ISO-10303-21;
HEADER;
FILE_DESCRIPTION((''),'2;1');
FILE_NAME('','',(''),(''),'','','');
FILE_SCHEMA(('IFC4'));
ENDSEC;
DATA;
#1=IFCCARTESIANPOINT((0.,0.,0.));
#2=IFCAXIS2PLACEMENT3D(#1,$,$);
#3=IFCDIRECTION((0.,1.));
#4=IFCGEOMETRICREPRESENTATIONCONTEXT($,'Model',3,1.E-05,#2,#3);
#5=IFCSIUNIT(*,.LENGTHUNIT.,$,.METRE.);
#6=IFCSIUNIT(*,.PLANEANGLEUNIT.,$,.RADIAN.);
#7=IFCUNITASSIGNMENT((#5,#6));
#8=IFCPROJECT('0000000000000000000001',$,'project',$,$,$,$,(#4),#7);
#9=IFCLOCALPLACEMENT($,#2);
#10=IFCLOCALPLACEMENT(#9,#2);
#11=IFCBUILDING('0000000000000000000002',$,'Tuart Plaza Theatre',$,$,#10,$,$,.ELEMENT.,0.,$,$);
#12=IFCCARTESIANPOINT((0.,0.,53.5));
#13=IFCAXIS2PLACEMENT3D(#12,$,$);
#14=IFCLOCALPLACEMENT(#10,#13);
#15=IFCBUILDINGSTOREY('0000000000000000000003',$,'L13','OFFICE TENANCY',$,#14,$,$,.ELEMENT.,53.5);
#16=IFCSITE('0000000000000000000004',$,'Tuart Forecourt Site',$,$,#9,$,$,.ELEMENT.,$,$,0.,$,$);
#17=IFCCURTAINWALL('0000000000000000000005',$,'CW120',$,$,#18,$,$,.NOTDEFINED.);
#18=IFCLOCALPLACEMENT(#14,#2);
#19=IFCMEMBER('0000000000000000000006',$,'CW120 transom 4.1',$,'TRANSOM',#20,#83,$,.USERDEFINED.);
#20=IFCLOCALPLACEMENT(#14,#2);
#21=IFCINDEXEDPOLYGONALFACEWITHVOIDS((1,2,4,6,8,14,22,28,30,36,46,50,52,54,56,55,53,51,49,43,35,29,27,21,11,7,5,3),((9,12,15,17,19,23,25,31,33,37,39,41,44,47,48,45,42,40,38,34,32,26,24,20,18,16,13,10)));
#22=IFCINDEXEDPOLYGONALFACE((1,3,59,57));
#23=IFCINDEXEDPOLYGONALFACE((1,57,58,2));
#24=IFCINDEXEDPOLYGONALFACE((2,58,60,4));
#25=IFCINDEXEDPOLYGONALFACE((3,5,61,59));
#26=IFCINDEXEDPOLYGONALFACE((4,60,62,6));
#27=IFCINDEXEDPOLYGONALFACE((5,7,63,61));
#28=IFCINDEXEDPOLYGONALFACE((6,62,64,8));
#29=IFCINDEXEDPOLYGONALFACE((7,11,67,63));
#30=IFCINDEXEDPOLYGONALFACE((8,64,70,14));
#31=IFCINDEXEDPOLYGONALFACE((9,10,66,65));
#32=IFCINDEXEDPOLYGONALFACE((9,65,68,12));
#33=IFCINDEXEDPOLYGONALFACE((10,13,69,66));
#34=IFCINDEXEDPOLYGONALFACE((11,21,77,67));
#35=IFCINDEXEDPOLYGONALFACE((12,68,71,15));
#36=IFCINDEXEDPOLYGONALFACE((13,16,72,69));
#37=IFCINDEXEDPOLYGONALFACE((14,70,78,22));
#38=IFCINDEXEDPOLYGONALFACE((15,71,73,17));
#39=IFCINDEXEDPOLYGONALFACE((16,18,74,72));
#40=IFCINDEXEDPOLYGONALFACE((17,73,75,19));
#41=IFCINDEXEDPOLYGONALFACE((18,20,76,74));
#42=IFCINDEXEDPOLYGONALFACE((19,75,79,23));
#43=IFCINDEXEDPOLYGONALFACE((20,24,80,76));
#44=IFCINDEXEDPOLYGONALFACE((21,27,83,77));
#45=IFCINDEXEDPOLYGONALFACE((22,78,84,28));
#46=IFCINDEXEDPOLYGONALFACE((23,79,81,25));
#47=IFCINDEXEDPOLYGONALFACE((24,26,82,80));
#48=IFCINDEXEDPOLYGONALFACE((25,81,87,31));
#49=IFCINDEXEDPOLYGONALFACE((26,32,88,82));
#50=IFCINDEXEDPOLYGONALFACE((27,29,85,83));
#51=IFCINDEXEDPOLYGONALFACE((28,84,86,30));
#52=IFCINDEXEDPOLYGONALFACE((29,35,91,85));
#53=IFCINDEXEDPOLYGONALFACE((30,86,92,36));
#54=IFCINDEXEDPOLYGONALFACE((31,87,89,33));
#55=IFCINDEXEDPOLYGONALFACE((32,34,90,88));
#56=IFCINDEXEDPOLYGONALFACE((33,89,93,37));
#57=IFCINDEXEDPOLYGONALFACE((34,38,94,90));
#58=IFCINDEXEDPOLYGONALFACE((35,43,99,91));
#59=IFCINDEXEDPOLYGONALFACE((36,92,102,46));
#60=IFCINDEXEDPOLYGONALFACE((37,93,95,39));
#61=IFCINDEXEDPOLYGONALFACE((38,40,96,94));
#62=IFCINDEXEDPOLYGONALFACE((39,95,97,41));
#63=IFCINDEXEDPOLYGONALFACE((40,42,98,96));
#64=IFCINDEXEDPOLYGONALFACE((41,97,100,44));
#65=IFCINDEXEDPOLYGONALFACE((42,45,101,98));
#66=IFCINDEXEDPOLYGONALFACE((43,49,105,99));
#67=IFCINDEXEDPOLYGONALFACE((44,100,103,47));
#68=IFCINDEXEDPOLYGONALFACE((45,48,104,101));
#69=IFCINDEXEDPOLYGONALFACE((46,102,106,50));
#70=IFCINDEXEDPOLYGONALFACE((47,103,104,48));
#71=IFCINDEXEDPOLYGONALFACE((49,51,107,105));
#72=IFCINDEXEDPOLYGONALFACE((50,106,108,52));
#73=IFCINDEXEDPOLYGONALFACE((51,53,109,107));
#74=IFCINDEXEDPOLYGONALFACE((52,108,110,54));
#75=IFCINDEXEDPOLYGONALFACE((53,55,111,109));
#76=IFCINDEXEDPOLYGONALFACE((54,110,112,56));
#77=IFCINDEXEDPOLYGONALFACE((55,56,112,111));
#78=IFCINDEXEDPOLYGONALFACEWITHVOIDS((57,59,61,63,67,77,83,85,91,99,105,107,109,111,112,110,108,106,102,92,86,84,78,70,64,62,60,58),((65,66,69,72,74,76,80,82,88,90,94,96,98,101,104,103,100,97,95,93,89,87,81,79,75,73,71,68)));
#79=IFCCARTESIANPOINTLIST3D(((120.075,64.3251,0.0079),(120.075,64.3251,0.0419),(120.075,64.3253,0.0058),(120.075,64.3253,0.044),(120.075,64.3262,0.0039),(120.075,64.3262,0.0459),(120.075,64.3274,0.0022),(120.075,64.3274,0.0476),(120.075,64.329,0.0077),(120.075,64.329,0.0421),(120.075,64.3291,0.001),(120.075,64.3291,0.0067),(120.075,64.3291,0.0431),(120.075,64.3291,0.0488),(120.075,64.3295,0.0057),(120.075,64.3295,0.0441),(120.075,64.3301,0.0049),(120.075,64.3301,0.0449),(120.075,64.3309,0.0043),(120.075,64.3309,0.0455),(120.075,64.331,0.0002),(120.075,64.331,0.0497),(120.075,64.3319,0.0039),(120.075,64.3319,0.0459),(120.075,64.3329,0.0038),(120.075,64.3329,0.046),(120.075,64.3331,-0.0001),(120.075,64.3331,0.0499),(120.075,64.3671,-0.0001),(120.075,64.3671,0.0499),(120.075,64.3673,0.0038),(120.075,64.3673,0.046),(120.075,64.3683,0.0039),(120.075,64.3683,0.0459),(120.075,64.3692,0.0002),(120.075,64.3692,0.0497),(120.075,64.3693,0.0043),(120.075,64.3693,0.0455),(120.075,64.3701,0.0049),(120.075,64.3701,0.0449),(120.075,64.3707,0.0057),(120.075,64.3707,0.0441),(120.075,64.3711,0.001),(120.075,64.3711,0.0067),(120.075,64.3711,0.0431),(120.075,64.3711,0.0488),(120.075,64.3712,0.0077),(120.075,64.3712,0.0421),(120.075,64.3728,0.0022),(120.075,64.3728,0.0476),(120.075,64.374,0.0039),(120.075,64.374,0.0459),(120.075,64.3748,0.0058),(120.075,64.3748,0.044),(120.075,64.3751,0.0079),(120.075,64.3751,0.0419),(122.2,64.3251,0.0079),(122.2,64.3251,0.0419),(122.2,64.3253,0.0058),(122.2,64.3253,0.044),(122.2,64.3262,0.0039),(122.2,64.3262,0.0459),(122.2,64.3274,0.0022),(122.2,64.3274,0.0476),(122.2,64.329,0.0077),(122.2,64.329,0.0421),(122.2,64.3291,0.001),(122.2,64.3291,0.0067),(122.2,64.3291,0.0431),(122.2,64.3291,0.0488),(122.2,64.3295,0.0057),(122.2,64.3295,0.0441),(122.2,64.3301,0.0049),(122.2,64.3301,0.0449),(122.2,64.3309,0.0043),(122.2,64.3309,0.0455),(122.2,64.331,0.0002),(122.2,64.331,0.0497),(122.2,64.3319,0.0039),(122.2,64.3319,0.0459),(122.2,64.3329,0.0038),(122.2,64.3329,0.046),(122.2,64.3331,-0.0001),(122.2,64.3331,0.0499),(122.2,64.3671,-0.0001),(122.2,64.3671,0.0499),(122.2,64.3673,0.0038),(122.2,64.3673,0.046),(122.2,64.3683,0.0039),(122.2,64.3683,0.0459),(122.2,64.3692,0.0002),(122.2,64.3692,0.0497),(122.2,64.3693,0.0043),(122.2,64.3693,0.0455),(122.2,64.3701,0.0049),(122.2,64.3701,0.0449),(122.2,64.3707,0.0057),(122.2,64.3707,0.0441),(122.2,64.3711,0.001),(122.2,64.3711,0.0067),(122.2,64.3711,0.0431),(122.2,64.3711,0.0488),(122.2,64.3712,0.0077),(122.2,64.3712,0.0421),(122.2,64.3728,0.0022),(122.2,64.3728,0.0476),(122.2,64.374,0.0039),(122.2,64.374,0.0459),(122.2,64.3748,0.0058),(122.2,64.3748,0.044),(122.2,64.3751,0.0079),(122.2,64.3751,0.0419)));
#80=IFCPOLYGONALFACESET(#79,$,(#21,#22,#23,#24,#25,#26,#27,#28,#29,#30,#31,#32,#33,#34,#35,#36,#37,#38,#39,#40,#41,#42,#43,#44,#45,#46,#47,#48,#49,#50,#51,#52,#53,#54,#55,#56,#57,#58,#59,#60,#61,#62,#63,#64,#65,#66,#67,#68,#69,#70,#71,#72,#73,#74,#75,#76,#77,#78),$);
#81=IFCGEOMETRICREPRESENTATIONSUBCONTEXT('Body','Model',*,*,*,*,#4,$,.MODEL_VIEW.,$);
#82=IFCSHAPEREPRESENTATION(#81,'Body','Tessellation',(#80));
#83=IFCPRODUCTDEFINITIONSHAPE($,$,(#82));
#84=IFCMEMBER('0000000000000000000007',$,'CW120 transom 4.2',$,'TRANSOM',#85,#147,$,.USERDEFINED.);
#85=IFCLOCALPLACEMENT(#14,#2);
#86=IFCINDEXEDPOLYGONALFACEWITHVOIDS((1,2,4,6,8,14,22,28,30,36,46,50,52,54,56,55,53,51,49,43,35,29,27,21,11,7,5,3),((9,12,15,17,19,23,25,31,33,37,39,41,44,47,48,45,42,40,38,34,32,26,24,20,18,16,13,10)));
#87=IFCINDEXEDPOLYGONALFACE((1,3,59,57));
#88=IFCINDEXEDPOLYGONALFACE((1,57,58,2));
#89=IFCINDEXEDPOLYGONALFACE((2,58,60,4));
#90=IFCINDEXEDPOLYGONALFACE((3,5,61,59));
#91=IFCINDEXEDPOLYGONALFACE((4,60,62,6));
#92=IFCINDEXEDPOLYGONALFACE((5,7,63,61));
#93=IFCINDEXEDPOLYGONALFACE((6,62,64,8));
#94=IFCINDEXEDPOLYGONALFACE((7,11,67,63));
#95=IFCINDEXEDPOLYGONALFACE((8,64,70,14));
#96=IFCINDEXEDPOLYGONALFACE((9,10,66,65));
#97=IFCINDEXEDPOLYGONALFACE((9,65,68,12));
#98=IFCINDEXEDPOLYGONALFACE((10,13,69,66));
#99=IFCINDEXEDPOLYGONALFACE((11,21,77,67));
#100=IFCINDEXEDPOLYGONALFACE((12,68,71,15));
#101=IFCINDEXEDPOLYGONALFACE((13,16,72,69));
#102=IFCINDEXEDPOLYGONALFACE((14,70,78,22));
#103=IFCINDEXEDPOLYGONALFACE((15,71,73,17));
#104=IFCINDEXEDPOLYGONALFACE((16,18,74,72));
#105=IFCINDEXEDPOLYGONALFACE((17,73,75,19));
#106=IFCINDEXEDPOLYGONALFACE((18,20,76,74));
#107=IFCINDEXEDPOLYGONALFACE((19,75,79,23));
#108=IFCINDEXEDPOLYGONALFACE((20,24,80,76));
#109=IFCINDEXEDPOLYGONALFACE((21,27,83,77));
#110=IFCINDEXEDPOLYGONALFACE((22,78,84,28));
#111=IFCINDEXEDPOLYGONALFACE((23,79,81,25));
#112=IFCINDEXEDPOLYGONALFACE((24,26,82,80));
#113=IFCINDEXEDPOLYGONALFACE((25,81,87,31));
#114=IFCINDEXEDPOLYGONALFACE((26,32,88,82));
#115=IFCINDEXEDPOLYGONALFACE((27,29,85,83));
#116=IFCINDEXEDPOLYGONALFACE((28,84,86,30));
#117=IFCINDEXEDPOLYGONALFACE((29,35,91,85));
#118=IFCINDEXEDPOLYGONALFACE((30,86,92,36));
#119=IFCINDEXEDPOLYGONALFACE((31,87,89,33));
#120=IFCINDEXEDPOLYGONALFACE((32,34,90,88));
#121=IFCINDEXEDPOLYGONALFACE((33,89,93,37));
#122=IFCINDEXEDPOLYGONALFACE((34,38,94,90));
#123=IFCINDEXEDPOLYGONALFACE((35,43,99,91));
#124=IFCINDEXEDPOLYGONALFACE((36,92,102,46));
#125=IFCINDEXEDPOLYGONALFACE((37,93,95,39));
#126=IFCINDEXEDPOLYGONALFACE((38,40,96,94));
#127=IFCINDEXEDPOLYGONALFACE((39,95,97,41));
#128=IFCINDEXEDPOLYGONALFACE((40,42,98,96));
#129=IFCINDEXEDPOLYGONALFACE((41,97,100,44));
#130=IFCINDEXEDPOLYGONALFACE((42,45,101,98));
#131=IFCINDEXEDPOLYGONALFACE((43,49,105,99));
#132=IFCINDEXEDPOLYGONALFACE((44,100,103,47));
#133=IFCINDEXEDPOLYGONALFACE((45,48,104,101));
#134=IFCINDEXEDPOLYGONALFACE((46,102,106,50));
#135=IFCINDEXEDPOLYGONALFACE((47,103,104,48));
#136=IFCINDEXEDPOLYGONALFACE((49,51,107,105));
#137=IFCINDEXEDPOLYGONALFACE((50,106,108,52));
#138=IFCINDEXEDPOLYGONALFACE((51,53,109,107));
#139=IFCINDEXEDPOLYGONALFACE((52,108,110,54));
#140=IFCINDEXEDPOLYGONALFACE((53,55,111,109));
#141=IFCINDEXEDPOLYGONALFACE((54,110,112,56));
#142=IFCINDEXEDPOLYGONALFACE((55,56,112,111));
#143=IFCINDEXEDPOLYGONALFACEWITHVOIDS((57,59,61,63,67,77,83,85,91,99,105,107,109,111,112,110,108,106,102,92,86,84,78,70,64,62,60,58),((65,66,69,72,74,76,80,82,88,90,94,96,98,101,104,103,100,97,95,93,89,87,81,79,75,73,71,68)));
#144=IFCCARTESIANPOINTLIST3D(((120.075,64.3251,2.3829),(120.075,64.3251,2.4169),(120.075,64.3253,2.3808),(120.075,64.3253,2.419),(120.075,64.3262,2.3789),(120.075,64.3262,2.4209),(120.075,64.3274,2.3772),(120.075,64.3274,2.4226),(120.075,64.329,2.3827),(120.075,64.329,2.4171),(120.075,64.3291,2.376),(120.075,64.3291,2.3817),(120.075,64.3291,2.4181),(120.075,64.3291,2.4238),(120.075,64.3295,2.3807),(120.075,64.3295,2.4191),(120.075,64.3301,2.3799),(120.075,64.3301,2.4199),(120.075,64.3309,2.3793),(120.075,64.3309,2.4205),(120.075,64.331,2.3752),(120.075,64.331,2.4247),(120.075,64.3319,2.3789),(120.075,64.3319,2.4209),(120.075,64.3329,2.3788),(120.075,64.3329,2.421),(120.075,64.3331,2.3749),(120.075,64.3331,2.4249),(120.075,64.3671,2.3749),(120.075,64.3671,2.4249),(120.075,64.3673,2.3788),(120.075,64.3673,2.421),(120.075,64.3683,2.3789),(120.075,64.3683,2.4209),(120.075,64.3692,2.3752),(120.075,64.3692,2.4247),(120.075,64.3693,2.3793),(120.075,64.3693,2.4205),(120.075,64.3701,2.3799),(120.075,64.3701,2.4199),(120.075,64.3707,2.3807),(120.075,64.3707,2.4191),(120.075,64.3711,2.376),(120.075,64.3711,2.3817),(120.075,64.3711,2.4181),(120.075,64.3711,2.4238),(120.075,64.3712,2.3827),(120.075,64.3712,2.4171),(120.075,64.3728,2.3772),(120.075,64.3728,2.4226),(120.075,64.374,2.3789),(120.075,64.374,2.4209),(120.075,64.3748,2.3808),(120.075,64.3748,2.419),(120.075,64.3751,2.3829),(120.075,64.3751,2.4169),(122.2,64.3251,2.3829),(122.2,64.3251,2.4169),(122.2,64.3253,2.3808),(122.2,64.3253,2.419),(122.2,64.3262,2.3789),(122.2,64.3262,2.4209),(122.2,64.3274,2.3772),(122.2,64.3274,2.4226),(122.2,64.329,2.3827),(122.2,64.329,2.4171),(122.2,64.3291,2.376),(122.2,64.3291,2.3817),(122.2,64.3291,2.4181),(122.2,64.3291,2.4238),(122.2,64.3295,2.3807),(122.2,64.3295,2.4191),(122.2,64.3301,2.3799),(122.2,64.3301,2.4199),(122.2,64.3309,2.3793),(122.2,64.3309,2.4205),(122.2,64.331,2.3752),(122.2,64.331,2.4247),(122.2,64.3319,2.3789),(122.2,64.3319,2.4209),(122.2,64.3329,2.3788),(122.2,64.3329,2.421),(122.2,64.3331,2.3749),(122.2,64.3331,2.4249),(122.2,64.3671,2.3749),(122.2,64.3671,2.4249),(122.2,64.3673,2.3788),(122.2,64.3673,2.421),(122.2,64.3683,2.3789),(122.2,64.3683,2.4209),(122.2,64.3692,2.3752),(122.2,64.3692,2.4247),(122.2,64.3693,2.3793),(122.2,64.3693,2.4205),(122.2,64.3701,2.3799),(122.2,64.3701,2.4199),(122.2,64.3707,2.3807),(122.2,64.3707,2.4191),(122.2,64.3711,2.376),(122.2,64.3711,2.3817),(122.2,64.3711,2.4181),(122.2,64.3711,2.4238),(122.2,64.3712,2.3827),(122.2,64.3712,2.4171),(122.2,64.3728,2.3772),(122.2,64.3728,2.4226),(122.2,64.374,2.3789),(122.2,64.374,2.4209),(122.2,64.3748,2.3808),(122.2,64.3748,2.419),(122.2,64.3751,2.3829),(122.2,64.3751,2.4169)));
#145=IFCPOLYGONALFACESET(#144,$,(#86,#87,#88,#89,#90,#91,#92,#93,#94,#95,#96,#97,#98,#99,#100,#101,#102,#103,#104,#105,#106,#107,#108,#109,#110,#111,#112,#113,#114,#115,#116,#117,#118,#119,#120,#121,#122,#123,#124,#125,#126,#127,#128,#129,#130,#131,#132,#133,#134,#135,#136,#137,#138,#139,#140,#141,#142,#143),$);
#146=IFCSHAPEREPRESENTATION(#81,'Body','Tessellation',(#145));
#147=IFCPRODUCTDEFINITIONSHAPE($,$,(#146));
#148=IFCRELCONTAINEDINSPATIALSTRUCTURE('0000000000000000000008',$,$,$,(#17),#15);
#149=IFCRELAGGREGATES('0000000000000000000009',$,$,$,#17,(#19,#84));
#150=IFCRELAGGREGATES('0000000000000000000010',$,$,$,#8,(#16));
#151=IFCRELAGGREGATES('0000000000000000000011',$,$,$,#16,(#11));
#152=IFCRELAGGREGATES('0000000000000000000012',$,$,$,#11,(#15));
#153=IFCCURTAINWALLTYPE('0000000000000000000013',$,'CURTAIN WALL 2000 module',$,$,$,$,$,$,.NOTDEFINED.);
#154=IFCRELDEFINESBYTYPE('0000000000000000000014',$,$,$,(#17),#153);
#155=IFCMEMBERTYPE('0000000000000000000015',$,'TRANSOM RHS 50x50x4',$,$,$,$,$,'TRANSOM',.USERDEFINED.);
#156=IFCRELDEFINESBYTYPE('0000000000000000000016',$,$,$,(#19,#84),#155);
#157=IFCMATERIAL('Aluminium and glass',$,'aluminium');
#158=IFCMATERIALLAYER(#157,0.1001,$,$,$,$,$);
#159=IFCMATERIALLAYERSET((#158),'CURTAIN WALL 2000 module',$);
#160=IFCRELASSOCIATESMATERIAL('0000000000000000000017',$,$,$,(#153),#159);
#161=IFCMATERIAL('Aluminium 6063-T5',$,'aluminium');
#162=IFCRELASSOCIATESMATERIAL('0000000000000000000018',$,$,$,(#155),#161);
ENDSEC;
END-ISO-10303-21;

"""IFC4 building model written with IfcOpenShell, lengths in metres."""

from ifc_helpers import new_model, si_unit, direction, frame, origin, origin_2d, place, context, subcontext, project, spatial, hollow_rectangle, extrude, material, layer, layer_set, material_profile, profile_set, type_object, element, aggregate, save


model = new_model("IFC4")

# Units and contexts
model_context = context("Model", 3, precision=1e-05, world=origin(), true_north=direction((0.0, 1.0)))
body_context = subcontext(model_context, "Body", "Model", "MODEL_VIEW")
ifc_project = project(units=[si_unit("LENGTHUNIT", "METRE"), si_unit("PLANEANGLEUNIT", "RADIAN")], contexts=[model_context])

# Site, building, storey
site_placement = place(None, origin())
site = spatial("IfcSite", under=ifc_project, at=site_placement, Name="Tuart Forecourt Site", CompositionType="ELEMENT", RefElevation=0.0)
building_placement = place(site_placement, origin())
building = spatial("IfcBuilding", under=site, at=building_placement, Name="Tuart Plaza Theatre", CompositionType="ELEMENT", ElevationOfRefHeight=0.0)
storey_placement = place(building_placement, frame((0.0, 0.0, 53.5)))
storey = spatial("IfcBuildingStorey", under=building, at=storey_placement, Name="L13", Description="OFFICE TENANCY", CompositionType="ELEMENT", Elevation=53.5)

# Curtain wall
ifc_material_1 = material(Name="Aluminium and glass", Category="aluminium")
ifc_layer_1 = layer(ifc_material_1, 0.1001)
ifc_layer_set_1 = layer_set([ifc_layer_1], Name="CURTAIN WALL 2000 module")
curtain_wall_type = type_object("IfcCurtainWallType", Name="CURTAIN WALL 2000 module", PredefinedType="NOTDEFINED", material=ifc_layer_set_1)
curtain_wall_1_placement = place(storey_placement, origin())
curtain_wall_1 = element("IfcCurtainWall", 1, at=curtain_wall_1_placement, inside=storey, type_object=curtain_wall_type, Name="CW120", PredefinedType="NOTDEFINED")

# Members
ifc_material_2 = material(Name="Aluminium 6063-T5", Category="aluminium")
ifc_material_profile_1 = material_profile(ifc_material_2, hollow_rectangle(XDim=0.05, YDim=0.05, WallThickness=0.0039, InnerFilletRadius=0.0039, OuterFilletRadius=0.0081, at=origin_2d()), Name="RHS 50x50x4")
ifc_profile_set_1 = profile_set([ifc_material_profile_1], Name="Aluminium 6063-T5")
member_type_1 = type_object("IfcMemberType", Name="TRANSOM RHS 50x50x4", ElementType="TRANSOM", PredefinedType="USERDEFINED", material=ifc_profile_set_1)
member_1_placement = place(storey_placement, frame((120.075, 64.3501, 0.0249), z_axis=(1.0, 0.0, 0.0), x_axis=(0.0, 1.0, 0.0)))
member_1 = element("IfcMember", 2, at=member_1_placement, type_object=member_type_1, Name="CW120 transom 4.1", ObjectType="TRANSOM", PredefinedType="USERDEFINED", context=body_context, shape_type="SweptSolid", body=[
    extrude(hollow_rectangle(XDim=0.05, YDim=0.05, WallThickness=0.0039, InnerFilletRadius=0.0039, OuterFilletRadius=0.0081, at=origin_2d()), origin(), (0.0, 0.0, 1.0), 2.125),
])
member_2_placement = place(storey_placement, frame((120.075, 64.3501, 2.3999), z_axis=(1.0, 0.0, 0.0), x_axis=(0.0, 1.0, 0.0)))
member_2 = element("IfcMember", 3, at=member_2_placement, type_object=member_type_1, Name="CW120 transom 4.2", ObjectType="TRANSOM", PredefinedType="USERDEFINED", context=body_context, shape_type="SweptSolid", body=[
    extrude(hollow_rectangle(XDim=0.05, YDim=0.05, WallThickness=0.0039, InnerFilletRadius=0.0039, OuterFilletRadius=0.0081, at=origin_2d()), origin(), (0.0, 0.0, 1.0), 2.125),
])

aggregate(curtain_wall_1, [member_1, member_2])

save(model, "model.ifc")
